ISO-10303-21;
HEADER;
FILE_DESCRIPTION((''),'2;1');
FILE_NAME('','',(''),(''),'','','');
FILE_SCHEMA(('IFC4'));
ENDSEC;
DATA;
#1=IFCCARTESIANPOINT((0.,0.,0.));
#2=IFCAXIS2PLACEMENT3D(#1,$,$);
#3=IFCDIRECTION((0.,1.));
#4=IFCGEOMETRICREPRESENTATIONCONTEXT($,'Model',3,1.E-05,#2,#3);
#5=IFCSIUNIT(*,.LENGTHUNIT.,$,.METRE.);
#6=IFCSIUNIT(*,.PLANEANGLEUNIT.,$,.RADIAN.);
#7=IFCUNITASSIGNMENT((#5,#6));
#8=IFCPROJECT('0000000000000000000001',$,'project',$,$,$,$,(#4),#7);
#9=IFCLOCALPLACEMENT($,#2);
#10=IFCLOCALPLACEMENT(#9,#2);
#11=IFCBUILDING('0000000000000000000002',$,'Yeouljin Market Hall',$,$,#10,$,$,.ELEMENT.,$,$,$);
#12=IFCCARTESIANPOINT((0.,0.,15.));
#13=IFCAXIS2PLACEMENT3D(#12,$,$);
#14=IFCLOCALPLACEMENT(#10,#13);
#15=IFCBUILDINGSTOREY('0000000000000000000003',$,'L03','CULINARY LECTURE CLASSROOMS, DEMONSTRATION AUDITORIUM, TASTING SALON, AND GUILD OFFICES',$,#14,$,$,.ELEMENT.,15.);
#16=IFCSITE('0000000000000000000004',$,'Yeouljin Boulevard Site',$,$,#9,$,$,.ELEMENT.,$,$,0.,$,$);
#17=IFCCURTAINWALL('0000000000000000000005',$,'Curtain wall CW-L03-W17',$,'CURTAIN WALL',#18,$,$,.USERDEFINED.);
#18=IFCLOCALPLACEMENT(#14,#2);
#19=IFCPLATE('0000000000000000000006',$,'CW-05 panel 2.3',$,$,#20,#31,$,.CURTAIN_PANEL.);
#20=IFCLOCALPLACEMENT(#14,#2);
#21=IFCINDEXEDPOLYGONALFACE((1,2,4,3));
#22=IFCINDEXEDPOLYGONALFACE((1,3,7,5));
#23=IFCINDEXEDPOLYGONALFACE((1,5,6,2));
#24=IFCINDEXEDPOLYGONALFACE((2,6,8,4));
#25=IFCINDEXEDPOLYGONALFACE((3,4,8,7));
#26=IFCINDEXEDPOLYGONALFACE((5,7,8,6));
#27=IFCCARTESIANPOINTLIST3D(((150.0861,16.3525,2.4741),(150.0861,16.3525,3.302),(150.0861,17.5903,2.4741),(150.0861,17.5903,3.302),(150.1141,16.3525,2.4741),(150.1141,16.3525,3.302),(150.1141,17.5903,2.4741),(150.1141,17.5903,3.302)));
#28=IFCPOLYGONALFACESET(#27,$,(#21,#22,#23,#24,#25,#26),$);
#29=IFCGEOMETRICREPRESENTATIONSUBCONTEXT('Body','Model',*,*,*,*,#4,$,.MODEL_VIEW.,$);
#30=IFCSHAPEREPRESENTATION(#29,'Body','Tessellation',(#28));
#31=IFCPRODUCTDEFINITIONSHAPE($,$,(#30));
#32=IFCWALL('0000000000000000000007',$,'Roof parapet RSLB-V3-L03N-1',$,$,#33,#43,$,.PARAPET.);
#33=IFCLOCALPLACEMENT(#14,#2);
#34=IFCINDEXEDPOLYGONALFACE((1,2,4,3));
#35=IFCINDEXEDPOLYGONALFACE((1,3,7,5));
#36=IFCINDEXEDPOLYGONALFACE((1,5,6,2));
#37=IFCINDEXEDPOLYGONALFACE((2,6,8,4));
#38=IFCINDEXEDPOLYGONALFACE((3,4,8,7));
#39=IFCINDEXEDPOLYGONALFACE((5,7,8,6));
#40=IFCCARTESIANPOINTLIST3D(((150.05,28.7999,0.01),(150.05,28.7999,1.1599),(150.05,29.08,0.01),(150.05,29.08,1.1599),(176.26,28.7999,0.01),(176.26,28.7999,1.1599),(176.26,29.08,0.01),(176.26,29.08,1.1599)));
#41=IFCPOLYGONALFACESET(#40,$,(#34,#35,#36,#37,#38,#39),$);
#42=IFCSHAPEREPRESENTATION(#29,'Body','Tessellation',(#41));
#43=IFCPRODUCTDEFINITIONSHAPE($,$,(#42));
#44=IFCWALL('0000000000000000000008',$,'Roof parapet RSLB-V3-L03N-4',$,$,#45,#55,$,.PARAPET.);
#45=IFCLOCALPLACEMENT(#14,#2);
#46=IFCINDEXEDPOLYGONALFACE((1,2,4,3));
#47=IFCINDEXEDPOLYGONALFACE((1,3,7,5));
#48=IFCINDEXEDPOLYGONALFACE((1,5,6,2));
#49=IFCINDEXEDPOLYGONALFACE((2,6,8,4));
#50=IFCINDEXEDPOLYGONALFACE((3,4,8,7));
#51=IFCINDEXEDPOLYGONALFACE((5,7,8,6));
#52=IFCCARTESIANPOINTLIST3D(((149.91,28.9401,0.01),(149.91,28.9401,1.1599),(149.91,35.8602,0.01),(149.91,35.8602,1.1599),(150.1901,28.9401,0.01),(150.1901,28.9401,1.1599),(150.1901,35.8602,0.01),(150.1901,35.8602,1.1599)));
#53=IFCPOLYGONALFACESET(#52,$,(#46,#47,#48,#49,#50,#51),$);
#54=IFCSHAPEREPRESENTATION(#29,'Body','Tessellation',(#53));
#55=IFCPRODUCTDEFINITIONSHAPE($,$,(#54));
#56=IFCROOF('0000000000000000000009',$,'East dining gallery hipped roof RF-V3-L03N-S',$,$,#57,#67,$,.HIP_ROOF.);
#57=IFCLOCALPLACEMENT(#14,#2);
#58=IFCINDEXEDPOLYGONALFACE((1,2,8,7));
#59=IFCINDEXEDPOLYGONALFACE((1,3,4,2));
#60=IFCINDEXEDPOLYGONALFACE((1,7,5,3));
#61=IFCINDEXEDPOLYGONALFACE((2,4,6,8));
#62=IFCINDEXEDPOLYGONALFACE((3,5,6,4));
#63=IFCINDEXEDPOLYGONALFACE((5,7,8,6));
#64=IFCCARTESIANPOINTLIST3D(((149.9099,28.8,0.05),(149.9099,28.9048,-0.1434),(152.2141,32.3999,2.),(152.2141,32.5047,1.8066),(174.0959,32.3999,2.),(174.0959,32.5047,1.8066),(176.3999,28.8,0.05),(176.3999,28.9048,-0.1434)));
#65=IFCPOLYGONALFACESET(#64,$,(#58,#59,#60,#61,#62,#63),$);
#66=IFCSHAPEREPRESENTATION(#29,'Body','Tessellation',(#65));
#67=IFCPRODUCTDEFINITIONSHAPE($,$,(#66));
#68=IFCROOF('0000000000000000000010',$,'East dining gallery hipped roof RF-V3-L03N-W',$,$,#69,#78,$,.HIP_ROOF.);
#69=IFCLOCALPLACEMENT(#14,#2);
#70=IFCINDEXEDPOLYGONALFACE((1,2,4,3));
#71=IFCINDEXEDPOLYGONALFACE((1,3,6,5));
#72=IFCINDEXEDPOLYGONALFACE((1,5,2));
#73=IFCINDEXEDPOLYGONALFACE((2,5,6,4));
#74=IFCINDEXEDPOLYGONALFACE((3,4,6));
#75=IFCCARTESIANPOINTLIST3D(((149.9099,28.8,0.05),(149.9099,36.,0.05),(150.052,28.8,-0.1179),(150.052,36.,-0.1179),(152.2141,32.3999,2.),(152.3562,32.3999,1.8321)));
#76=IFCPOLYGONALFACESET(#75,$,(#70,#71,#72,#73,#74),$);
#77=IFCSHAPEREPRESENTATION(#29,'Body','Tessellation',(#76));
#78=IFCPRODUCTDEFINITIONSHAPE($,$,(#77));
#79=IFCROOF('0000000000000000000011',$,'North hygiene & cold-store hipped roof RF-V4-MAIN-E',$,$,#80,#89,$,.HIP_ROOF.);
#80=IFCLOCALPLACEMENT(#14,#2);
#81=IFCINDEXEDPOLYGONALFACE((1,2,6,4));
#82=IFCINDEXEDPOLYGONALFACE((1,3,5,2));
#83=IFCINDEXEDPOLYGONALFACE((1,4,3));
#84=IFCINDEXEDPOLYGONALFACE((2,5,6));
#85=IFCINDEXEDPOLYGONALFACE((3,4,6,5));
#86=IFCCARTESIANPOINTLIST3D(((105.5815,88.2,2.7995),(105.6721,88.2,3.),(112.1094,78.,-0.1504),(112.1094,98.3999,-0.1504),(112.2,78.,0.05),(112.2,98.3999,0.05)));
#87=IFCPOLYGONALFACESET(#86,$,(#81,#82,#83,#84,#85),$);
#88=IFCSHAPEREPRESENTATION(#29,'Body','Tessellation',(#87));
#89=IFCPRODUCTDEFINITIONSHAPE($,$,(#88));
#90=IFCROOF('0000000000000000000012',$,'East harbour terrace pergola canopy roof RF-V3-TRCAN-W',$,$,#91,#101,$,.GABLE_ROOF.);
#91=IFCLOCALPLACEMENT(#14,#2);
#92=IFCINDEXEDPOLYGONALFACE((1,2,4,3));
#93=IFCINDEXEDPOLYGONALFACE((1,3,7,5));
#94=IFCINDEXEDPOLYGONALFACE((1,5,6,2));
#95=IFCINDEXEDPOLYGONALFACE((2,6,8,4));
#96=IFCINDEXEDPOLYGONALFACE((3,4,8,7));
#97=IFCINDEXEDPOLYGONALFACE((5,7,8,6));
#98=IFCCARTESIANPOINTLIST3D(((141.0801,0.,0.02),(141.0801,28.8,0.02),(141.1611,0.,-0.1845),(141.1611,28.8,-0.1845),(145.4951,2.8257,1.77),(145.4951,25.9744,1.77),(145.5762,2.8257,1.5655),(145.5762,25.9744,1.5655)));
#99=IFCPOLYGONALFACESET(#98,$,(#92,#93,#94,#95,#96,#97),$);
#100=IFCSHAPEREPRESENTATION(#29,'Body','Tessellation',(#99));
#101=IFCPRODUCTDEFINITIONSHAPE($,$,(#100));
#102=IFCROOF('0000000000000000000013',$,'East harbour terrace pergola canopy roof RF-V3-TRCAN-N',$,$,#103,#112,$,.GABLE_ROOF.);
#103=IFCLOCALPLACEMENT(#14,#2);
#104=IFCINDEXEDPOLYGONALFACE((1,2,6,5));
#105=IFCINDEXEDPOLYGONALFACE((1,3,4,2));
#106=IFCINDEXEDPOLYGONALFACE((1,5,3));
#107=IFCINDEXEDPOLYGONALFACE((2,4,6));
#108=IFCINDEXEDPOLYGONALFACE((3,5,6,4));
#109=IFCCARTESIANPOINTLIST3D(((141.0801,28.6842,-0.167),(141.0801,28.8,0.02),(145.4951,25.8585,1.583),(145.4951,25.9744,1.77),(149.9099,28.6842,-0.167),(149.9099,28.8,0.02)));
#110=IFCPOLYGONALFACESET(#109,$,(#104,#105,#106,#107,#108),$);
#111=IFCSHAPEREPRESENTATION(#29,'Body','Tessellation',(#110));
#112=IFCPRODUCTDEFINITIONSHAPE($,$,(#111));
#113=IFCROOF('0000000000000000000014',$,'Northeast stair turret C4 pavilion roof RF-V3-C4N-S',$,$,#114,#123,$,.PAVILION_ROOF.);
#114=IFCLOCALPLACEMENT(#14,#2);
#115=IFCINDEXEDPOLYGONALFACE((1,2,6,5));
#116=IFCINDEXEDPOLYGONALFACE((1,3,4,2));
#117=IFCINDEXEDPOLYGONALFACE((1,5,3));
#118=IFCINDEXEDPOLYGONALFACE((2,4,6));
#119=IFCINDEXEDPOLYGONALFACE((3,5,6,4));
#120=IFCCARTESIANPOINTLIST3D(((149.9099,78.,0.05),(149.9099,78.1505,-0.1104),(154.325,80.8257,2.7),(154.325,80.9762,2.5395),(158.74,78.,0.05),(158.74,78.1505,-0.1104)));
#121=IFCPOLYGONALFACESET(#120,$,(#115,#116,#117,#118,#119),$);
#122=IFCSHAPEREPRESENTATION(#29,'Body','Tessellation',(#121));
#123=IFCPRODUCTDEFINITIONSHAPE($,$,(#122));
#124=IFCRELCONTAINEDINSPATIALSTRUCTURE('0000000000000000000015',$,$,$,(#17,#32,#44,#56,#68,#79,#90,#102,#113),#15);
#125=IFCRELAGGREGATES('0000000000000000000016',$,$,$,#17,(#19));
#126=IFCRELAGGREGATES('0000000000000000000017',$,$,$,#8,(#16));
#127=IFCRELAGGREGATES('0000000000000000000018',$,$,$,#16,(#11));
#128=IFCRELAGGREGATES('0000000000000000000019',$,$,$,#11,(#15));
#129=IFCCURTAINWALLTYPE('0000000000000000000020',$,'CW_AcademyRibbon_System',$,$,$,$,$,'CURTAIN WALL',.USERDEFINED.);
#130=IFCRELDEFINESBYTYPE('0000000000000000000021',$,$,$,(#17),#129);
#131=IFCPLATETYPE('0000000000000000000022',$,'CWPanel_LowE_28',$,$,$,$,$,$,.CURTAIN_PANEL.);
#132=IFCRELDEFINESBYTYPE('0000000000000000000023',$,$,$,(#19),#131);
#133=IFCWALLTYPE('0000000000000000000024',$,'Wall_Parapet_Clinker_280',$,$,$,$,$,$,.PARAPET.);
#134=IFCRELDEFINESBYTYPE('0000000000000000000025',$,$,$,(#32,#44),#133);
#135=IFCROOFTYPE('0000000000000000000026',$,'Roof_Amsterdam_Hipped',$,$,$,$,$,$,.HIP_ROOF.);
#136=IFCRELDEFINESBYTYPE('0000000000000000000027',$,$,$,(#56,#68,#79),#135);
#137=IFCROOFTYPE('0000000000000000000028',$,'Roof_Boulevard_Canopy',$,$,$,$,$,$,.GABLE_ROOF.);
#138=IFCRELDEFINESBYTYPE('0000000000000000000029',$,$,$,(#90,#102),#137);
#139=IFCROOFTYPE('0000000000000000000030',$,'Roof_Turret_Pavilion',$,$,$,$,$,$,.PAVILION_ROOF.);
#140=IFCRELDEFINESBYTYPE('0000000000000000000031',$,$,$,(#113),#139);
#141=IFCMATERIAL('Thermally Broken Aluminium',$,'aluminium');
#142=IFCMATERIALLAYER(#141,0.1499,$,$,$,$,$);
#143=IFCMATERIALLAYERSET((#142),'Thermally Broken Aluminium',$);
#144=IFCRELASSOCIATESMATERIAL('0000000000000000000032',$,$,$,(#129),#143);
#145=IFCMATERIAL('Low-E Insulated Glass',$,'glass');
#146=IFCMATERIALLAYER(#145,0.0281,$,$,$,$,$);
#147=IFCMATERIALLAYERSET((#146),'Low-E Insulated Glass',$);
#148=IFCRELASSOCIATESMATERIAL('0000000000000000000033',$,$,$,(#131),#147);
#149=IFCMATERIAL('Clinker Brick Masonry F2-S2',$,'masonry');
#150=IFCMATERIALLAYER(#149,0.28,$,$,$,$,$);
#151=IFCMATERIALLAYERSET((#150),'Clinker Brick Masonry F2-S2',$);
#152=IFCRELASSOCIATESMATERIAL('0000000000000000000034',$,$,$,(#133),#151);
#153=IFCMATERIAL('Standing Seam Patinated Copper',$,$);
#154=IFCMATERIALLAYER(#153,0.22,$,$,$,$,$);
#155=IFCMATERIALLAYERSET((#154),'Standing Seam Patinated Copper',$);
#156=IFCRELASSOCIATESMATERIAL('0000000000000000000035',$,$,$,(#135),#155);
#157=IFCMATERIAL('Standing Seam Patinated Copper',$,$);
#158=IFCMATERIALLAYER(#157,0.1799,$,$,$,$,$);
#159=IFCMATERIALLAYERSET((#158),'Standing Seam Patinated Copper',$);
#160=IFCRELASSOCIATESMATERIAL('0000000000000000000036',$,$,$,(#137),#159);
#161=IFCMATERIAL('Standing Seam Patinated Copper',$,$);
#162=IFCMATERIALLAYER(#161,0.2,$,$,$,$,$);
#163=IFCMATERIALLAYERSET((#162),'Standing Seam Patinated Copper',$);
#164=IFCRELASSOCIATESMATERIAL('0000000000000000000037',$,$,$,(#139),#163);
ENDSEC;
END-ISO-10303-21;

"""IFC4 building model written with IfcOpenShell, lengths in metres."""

from ifc_helpers import new_model, si_unit, direction, frame, frame_2d, origin, origin_2d, place, context, subcontext, project, spatial, polyline, rectangle, outline, extrude, material, layer, layer_set, type_object, element, aggregate, save


model = new_model("IFC4")

# Units and contexts
model_context = context("Model", 3, precision=1e-05, world=origin(), true_north=direction((0.0, 1.0)))
body_context = subcontext(model_context, "Body", "Model", "MODEL_VIEW")
ifc_project = project(units=[si_unit("LENGTHUNIT", "METRE"), si_unit("PLANEANGLEUNIT", "RADIAN")], contexts=[model_context])

# Site, building, storey
site_placement = place(None, origin())
site = spatial("IfcSite", under=ifc_project, at=site_placement, Name="Yeouljin Boulevard Site", CompositionType="ELEMENT", RefElevation=0.0)
building_placement = place(site_placement, origin())
building = spatial("IfcBuilding", under=site, at=building_placement, Name="Yeouljin Market Hall", CompositionType="ELEMENT")
storey_placement = place(building_placement, frame((0.0, 0.0, 15.0)))
storey = spatial("IfcBuildingStorey", under=building, at=storey_placement, Name="L03", Description="CULINARY LECTURE CLASSROOMS, DEMONSTRATION AUDITORIUM, TASTING SALON, AND GUILD OFFICES", CompositionType="ELEMENT", Elevation=15.0)

# Curtain wall
ifc_material_1 = material(Name="Thermally Broken Aluminium", Category="aluminium")
ifc_layer_1 = layer(ifc_material_1, 0.1499)
ifc_layer_set_1 = layer_set([ifc_layer_1], Name="Thermally Broken Aluminium")
curtain_wall_type = type_object("IfcCurtainWallType", Name="CW_AcademyRibbon_System", ElementType="CURTAIN WALL", PredefinedType="USERDEFINED", material=ifc_layer_set_1)
curtain_wall_placement = place(storey_placement, origin())
curtain_wall = element("IfcCurtainWall", 1, at=curtain_wall_placement, inside=storey, type_object=curtain_wall_type, Name="Curtain wall CW-L03-W17", ObjectType="CURTAIN WALL", PredefinedType="USERDEFINED")

# Plate
ifc_material_2 = material(Name="Low-E Insulated Glass", Category="glass")
ifc_layer_2 = layer(ifc_material_2, 0.0281)
ifc_layer_set_2 = layer_set([ifc_layer_2], Name="Low-E Insulated Glass")
plate_type = type_object("IfcPlateType", Name="CWPanel_LowE_28", PredefinedType="CURTAIN_PANEL", material=ifc_layer_set_2)
plate_placement = place(storey_placement, frame((150.1001, 16.9714, 2.4741), z_axis=(0.0, 0.0, 1.0), x_axis=(0.0, -1.0, 0.0)))
plate = element("IfcPlate", 2, at=plate_placement, type_object=plate_type, Name="CW-05 panel 2.3", PredefinedType="CURTAIN_PANEL", context=body_context, shape_type="SweptSolid", body=[
    extrude(rectangle(XDim=1.2378, YDim=0.0281, at=origin_2d()), origin(), (0.0, 0.0, 1.0), 0.8279),
])
aggregate(curtain_wall, [plate])

# Walls
ifc_material_3 = material(Name="Clinker Brick Masonry F2-S2", Category="masonry")
ifc_layer_3 = layer(ifc_material_3, 0.28)
ifc_layer_set_3 = layer_set([ifc_layer_3], Name="Clinker Brick Masonry F2-S2")
wall_type = type_object("IfcWallType", Name="Wall_Parapet_Clinker_280", PredefinedType="PARAPET", material=ifc_layer_set_3)
wall_1_placement = place(storey_placement, frame((150.05, 28.9399, 0.01), z_axis=(0.0, 0.0, 1.0), x_axis=(1.0, 0.0, 0.0)))
element("IfcWall", 3, at=wall_1_placement, inside=storey, type_object=wall_type, Name="Roof parapet RSLB-V3-L03N-1", PredefinedType="PARAPET", context=body_context, shape_type="SweptSolid", body=[
    extrude(rectangle(XDim=26.21, YDim=0.28, at=frame_2d((13.105, 0.0))), origin(), (0.0, 0.0, 1.0), 1.1499),
])
wall_2_placement = place(storey_placement, frame((150.05, 35.8601, 0.01), z_axis=(0.0, 0.0, 1.0), x_axis=(0.0, -1.0, 0.0)))
element("IfcWall", 4, at=wall_2_placement, inside=storey, type_object=wall_type, Name="Roof parapet RSLB-V3-L03N-4", PredefinedType="PARAPET", context=body_context, shape_type="SweptSolid", body=[
    extrude(rectangle(XDim=6.9202, YDim=0.28, at=frame_2d((3.46, 0.0))), origin(), (0.0, 0.0, 1.0), 1.1499),
])

# Roofs
ifc_material_4 = material(Name="Standing Seam Patinated Copper")
ifc_layer_4 = layer(ifc_material_4, 0.22)
ifc_layer_set_4 = layer_set([ifc_layer_4], Name="Standing Seam Patinated Copper")
roof_type_1 = type_object("IfcRoofType", Name="Roof_Amsterdam_Hipped", PredefinedType="HIP_ROOF", material=ifc_layer_set_4)
roof_1_placement = place(storey_placement, frame((149.9099, 28.8, 0.05), z_axis=(0.0, -0.476289, 0.879289), x_axis=(1.0, 0.0, 0.0)))
element("IfcRoof", 5, at=roof_1_placement, inside=storey, type_object=roof_type_1, Name="East dining gallery hipped roof RF-V3-L03N-S", PredefinedType="HIP_ROOF", context=body_context, shape_type="SweptSolid", body=[
    extrude(outline(polyline([(0.0, 0.0), (26.49, 0.0), (24.186, 4.0941), (2.3042, 4.0941), (0.0, 0.0)])), origin(), (0.0, 0.0, -1.0), 0.22),
])
roof_2_placement = place(storey_placement, frame((149.9099, 36.0, 0.05), z_axis=(-0.645989, 0.0, 0.763346), x_axis=(0.0, -1.0, 0.0)))
element("IfcRoof", 6, at=roof_2_placement, inside=storey, type_object=roof_type_1, Name="East dining gallery hipped roof RF-V3-L03N-W", PredefinedType="HIP_ROOF", context=body_context, shape_type="SweptSolid", body=[
    extrude(outline(polyline([(0.0, 0.0), (7.2, 0.0), (3.6001, 3.0185), (0.0, 0.0)])), origin(), (0.0, 0.0, -1.0), 0.22),
])
roof_3_placement = place(storey_placement, frame((112.2, 78.0, 0.05), z_axis=(0.411807, 0.0, 0.911271), x_axis=(0.0, 1.0, 0.0)))
element("IfcRoof", 7, at=roof_3_placement, inside=storey, type_object=roof_type_1, Name="North hygiene & cold-store hipped roof RF-V4-MAIN-E", PredefinedType="HIP_ROOF", context=body_context, shape_type="SweptSolid", body=[
    extrude(outline(polyline([(0.0, 0.0), (20.3999, 0.0), (10.2, 7.1634), (0.0, 0.0)])), origin(), (0.0, 0.0, -1.0), 0.22),
])
ifc_material_5 = material(Name="Standing Seam Patinated Copper")
ifc_layer_5 = layer(ifc_material_5, 0.1799)
ifc_layer_set_5 = layer_set([ifc_layer_5], Name="Standing Seam Patinated Copper")
roof_type_2 = type_object("IfcRoofType", Name="Roof_Boulevard_Canopy", PredefinedType="GABLE_ROOF", material=ifc_layer_set_5)
roof_4_placement = place(storey_placement, frame((141.0801, 28.8, 0.02), z_axis=(-0.368482, 0.0, 0.929635), x_axis=(0.0, -1.0, 0.0)))
element("IfcRoof", 8, at=roof_4_placement, inside=storey, type_object=roof_type_2, Name="East harbour terrace pergola canopy roof RF-V3-TRCAN-W", PredefinedType="GABLE_ROOF", context=body_context, shape_type="SweptSolid", body=[
    extrude(outline(polyline([(0.0, 0.0), (28.8, 0.0), (25.9744, 4.7492), (2.8257, 4.7492), (0.0, 0.0)])), origin(), (0.0, 0.0, -1.0), 0.22),
])
roof_5_placement = place(storey_placement, frame((149.9099, 28.8, 0.02), z_axis=(0.0, 0.526522, 0.850162), x_axis=(-1.0, 0.0, 0.0)))
element("IfcRoof", 9, at=roof_5_placement, inside=storey, type_object=roof_type_2, Name="East harbour terrace pergola canopy roof RF-V3-TRCAN-N", PredefinedType="GABLE_ROOF", context=body_context, shape_type="SweptSolid", body=[
    extrude(outline(polyline([(0.0, 0.0), (8.8298, 0.0), (4.4148, 3.3237), (0.0, 0.0)])), origin(), (0.0, 0.0, -1.0), 0.22),
])
ifc_material_6 = material(Name="Standing Seam Patinated Copper")
ifc_layer_6 = layer(ifc_material_6, 0.2)
ifc_layer_set_6 = layer_set([ifc_layer_6], Name="Standing Seam Patinated Copper")
roof_type_3 = type_object("IfcRoofType", Name="Roof_Turret_Pavilion", PredefinedType="PAVILION_ROOF", material=ifc_layer_set_6)
roof_6_placement = place(storey_placement, frame((149.9099, 78.0, 0.05), z_axis=(0.0, -0.684054, 0.729431), x_axis=(1.0, 0.0, 0.0)))
element("IfcRoof", 10, at=roof_6_placement, inside=storey, type_object=roof_type_3, Name="Northeast stair turret C4 pavilion roof RF-V3-C4N-S", PredefinedType="PAVILION_ROOF", context=body_context, shape_type="SweptSolid", body=[
    extrude(outline(polyline([(0.0, 0.0), (8.8301, 0.0), (4.415, 3.8738), (0.0, 0.0)])), origin(), (0.0, 0.0, -1.0), 0.22),
])

save(model, "model.ifc")
